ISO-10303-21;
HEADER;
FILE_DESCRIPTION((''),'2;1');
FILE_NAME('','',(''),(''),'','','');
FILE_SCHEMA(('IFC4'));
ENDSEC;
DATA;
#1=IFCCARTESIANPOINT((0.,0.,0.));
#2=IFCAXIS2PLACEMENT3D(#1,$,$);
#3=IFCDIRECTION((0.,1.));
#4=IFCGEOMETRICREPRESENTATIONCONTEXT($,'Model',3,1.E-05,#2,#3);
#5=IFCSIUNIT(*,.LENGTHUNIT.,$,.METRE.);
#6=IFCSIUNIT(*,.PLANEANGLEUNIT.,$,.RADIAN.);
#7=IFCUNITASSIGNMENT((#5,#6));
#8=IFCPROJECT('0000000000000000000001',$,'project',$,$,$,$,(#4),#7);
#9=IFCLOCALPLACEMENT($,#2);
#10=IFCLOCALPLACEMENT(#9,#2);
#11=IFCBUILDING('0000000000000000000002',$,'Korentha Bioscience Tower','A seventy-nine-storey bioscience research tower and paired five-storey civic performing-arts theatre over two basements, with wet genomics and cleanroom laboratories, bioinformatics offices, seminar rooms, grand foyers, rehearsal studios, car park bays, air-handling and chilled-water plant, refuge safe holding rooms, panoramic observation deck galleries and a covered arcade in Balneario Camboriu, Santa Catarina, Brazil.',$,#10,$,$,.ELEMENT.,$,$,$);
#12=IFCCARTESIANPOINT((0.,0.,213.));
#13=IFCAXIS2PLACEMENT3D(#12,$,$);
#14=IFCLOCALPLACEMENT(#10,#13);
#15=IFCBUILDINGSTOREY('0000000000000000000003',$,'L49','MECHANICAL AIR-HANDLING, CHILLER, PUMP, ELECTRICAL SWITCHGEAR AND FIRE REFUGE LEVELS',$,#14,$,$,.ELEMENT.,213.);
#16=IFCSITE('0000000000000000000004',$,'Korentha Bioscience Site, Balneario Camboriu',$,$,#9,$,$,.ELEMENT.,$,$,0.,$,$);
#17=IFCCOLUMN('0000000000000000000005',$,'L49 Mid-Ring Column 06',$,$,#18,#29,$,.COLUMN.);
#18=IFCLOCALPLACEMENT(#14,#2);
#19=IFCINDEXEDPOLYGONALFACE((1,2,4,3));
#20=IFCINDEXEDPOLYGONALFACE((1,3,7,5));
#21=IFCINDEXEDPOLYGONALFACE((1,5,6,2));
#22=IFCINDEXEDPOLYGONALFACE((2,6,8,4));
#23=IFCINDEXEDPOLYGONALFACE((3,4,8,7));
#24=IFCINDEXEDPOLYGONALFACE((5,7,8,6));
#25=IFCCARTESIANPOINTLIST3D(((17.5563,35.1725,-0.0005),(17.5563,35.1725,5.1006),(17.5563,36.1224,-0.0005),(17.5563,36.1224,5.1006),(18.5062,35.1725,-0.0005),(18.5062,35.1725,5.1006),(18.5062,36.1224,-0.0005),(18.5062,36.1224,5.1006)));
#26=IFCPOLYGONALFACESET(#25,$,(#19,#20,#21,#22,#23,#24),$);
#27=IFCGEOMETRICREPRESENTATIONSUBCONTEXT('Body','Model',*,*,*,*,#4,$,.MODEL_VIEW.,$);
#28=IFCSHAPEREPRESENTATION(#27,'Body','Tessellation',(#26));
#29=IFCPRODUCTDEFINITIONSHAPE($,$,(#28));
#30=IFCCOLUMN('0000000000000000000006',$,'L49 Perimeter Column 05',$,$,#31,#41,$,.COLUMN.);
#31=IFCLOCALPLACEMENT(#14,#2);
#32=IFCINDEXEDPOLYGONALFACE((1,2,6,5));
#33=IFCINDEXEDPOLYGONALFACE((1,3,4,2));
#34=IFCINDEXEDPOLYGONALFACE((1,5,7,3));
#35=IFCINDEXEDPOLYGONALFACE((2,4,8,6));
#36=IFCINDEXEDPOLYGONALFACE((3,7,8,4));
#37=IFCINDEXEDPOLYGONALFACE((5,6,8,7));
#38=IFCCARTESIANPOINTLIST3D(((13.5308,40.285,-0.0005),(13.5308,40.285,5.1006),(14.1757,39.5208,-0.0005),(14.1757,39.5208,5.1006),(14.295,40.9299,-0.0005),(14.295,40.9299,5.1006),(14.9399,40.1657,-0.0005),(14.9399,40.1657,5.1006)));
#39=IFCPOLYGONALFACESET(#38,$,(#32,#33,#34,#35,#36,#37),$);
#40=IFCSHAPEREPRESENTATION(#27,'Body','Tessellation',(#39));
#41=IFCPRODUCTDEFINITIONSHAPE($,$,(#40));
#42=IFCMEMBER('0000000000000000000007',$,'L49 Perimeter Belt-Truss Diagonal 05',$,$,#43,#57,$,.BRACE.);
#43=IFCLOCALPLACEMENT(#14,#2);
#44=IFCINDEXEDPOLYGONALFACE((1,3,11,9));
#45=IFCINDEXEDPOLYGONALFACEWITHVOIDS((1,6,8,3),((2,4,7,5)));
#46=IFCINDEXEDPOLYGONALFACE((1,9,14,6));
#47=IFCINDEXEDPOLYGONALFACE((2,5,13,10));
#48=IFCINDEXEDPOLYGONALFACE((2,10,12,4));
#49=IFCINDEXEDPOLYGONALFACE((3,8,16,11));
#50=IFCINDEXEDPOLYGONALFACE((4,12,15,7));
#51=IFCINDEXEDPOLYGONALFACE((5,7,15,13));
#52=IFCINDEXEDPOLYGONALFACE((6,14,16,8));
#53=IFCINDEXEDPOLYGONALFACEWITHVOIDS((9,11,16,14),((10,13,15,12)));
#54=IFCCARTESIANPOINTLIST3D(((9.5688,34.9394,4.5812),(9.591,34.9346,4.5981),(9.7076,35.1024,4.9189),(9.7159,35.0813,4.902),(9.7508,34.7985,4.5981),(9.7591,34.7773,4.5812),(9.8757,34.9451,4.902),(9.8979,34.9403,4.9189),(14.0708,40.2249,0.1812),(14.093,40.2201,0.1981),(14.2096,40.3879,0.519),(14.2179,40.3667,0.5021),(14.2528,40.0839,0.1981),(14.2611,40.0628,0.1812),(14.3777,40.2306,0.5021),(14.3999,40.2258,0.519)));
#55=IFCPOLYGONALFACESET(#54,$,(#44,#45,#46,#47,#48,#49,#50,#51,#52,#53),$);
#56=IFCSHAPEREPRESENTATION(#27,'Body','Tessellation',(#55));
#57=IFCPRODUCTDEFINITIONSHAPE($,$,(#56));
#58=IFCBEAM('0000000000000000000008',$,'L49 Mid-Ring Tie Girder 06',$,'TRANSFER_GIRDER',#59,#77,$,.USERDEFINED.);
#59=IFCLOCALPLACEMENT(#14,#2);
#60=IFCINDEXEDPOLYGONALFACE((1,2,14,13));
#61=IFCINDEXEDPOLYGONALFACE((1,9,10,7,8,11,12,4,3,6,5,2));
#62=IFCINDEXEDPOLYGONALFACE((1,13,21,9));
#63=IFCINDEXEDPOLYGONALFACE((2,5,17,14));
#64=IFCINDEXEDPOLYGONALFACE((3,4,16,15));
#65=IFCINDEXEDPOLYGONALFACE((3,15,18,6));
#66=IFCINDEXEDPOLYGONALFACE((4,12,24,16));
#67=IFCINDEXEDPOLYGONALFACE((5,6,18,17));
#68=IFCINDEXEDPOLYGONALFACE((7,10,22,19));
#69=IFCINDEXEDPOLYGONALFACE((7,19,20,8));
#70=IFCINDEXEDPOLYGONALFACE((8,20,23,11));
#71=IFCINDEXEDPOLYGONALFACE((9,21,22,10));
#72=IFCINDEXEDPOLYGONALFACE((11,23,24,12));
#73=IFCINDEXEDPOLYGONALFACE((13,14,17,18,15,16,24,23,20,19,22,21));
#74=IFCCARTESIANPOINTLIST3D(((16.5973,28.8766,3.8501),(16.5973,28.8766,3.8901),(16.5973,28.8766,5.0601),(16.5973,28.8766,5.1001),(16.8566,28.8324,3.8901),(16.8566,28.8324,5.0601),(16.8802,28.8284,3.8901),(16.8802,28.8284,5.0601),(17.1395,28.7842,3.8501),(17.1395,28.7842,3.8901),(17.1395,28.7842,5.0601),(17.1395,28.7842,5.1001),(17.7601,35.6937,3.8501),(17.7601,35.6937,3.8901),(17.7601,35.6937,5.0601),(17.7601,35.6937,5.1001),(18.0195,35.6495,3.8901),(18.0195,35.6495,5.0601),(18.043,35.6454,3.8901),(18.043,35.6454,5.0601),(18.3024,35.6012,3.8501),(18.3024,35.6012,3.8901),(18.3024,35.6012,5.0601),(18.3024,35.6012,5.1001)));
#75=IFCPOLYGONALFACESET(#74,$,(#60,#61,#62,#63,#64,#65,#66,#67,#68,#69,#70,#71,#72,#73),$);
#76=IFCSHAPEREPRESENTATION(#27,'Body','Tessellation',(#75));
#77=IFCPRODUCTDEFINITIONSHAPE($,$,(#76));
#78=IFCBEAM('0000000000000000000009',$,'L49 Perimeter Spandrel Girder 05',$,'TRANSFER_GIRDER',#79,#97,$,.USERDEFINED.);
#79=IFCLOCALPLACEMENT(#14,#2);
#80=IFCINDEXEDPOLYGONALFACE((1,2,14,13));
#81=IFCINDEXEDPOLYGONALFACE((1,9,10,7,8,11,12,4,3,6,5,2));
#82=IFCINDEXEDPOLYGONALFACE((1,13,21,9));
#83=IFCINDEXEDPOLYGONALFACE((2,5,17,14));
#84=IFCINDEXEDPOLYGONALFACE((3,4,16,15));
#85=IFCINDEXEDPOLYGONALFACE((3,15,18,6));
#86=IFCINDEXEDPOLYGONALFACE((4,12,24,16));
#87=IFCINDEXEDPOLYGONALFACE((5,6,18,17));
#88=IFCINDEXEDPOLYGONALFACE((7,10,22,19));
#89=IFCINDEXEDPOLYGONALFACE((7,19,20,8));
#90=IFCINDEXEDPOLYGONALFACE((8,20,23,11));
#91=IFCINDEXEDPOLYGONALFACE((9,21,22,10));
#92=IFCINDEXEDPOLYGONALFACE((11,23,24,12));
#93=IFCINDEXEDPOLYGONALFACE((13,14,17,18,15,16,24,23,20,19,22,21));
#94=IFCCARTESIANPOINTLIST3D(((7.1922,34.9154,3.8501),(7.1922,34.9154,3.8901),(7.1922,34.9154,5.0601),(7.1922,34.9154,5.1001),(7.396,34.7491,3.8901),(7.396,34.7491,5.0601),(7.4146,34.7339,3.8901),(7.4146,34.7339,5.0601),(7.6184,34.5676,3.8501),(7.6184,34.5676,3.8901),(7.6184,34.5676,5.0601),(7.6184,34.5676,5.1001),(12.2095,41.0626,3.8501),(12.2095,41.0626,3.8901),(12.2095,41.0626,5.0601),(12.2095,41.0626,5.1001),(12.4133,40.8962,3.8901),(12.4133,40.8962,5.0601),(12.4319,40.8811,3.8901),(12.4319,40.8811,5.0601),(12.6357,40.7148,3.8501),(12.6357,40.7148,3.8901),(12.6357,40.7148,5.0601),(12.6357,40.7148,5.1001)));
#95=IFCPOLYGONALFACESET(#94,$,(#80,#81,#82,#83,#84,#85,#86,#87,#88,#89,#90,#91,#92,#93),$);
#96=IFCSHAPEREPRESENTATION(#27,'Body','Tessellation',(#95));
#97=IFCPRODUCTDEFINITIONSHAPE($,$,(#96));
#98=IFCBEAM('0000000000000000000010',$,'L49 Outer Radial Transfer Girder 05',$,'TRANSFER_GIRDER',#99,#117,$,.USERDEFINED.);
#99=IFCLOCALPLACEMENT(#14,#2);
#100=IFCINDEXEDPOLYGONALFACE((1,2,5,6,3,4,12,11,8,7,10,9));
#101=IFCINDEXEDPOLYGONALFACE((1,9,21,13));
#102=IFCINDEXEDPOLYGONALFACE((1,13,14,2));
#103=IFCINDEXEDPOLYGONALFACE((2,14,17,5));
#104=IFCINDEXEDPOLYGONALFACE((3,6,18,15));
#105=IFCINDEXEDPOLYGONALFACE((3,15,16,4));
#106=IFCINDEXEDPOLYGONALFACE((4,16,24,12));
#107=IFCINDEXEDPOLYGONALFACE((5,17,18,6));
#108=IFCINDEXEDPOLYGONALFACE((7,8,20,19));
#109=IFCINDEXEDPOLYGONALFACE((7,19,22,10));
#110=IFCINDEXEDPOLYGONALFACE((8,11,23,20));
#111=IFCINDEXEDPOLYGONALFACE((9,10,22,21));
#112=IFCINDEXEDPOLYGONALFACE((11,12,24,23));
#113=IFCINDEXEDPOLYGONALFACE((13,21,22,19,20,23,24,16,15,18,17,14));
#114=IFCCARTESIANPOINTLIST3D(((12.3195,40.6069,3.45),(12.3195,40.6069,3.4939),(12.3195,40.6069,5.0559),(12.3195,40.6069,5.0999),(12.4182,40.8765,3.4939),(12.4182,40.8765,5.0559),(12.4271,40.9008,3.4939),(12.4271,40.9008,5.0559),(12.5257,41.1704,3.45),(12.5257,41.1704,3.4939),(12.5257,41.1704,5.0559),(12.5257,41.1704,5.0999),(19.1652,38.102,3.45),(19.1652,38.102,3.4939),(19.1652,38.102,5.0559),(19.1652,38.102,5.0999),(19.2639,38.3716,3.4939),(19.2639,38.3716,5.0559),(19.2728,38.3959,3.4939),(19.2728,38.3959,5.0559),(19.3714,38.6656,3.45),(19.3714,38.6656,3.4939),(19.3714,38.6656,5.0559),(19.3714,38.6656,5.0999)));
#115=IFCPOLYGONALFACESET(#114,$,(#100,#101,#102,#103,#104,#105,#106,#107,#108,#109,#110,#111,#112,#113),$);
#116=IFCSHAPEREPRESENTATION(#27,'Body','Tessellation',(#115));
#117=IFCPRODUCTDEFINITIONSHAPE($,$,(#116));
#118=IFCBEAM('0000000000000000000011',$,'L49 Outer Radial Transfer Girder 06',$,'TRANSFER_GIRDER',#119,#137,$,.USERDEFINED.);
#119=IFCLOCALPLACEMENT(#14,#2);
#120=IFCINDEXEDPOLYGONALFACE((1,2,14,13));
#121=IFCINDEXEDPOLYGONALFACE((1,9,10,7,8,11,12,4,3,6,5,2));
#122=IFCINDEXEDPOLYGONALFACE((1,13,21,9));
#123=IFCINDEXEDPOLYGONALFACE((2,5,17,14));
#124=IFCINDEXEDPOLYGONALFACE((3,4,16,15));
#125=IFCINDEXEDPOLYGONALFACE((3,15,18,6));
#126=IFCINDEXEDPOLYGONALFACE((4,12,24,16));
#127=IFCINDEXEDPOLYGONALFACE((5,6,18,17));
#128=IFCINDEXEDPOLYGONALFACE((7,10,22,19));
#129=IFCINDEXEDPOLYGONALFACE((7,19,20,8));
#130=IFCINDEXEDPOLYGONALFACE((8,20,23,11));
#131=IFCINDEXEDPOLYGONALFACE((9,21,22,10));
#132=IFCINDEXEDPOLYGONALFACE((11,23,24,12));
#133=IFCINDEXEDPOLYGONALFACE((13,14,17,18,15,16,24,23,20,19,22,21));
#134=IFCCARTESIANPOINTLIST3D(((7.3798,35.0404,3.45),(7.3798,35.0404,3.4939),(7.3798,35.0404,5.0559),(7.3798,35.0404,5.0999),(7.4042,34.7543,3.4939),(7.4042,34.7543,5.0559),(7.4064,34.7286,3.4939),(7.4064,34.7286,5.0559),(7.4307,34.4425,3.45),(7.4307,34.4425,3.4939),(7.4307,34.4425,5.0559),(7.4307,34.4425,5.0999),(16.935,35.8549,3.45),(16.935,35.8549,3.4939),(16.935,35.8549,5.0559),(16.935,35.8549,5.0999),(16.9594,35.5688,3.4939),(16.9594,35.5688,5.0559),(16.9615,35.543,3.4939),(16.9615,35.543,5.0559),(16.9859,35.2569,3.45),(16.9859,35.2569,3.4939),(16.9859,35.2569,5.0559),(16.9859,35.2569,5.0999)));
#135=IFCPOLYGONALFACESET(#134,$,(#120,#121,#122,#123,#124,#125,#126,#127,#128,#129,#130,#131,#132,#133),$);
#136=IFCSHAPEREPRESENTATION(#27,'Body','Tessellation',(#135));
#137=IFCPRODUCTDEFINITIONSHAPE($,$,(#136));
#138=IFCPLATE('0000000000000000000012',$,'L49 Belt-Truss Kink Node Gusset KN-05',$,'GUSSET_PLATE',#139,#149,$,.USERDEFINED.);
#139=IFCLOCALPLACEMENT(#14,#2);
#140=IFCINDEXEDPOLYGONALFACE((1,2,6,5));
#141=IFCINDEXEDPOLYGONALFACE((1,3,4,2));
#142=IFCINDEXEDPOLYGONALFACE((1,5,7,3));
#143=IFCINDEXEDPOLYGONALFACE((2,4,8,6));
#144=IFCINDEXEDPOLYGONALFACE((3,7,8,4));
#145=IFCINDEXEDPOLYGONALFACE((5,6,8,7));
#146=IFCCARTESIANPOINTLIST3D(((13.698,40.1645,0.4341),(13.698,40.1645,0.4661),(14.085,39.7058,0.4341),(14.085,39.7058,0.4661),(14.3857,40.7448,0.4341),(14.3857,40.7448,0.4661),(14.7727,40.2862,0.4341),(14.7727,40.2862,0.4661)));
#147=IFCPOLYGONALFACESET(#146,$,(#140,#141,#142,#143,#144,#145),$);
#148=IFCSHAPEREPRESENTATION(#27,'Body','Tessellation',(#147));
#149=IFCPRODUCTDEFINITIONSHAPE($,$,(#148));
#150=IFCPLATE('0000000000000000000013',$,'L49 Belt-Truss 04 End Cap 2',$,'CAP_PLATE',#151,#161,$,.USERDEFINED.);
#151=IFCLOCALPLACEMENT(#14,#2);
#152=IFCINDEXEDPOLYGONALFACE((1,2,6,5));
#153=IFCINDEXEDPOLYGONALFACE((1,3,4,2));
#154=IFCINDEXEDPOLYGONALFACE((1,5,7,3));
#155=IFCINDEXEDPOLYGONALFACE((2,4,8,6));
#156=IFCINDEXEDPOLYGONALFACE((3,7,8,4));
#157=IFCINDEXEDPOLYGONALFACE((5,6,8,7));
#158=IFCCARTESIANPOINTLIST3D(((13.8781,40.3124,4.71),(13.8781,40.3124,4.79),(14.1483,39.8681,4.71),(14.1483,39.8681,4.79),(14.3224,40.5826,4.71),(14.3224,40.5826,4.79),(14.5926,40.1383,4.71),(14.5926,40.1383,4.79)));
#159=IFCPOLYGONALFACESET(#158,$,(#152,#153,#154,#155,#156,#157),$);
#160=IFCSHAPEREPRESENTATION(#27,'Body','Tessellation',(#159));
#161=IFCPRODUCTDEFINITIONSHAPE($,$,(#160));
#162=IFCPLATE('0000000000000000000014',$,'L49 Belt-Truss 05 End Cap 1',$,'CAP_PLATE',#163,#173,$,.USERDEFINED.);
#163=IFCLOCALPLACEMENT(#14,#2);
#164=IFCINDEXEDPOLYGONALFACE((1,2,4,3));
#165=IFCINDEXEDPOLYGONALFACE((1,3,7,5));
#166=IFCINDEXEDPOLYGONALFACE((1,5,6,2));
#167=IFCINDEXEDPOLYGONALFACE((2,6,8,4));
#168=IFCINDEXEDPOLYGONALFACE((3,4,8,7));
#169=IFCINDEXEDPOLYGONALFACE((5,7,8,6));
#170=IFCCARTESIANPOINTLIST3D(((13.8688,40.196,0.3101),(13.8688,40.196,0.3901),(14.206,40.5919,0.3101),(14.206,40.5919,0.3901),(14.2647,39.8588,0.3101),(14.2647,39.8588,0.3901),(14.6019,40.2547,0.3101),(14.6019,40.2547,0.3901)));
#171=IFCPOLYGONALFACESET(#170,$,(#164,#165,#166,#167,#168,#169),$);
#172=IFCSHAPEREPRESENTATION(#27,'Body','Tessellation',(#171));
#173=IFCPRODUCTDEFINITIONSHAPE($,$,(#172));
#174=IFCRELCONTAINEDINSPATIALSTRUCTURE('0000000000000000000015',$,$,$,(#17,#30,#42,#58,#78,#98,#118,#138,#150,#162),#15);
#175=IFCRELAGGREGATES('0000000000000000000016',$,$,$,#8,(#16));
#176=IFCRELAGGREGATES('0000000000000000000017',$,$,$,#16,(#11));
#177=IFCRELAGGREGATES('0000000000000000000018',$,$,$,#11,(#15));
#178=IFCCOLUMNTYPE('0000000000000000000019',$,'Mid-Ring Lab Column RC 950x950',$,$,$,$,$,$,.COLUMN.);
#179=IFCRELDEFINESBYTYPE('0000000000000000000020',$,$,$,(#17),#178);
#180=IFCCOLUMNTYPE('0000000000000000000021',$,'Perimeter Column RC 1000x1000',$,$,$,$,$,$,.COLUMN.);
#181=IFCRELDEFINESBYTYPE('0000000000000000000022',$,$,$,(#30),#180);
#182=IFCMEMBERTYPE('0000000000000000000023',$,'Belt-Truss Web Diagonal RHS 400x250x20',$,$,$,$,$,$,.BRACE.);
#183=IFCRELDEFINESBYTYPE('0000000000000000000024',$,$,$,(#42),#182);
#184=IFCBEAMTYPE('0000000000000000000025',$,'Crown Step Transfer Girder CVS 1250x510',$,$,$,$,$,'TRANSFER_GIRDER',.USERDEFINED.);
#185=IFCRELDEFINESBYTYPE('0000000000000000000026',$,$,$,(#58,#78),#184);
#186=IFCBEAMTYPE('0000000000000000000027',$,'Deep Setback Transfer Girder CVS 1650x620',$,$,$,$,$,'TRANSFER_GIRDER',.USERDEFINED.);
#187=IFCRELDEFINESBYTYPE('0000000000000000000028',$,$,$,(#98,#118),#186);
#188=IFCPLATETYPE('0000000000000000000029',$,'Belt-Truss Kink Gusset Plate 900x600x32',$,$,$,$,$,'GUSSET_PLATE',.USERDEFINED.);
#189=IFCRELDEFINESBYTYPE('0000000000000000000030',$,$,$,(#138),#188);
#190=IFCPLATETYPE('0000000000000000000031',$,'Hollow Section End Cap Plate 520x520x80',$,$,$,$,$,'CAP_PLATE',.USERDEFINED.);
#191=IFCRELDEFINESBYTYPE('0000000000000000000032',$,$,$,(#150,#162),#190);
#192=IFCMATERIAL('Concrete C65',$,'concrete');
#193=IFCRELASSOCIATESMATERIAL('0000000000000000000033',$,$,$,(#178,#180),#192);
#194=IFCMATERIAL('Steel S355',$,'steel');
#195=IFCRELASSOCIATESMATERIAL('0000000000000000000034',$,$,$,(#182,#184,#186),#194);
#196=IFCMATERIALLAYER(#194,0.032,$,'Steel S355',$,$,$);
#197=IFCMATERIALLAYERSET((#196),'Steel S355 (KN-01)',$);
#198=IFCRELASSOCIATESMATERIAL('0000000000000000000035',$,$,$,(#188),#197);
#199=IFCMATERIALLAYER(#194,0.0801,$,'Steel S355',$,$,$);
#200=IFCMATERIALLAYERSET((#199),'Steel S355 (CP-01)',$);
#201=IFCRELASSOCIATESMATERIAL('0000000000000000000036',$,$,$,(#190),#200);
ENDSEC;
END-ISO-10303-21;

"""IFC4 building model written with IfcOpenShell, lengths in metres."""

from ifc_helpers import new_model, si_unit, direction, frame, origin, origin_2d, place, context, subcontext, project, spatial, rectangle, hollow_rectangle, i_section, extrude, material, layer, layer_set, material_profile, profile_set, type_object, element, save


model = new_model("IFC4")

# Units and contexts
model_context = context("Model", 3, precision=1e-05, world=origin(), true_north=direction((0.0, 1.0)))
body_context = subcontext(model_context, "Body", "Model", "MODEL_VIEW")
ifc_project = project(units=[si_unit("LENGTHUNIT", "METRE"), si_unit("PLANEANGLEUNIT", "RADIAN")], contexts=[model_context])

# Site, building, storey
site_placement = place(None, origin())
site = spatial("IfcSite", under=ifc_project, at=site_placement, Name="Korentha Bioscience Site, Balneario Camboriu", CompositionType="ELEMENT", RefElevation=0.0)
building_placement = place(site_placement, origin())
building = spatial("IfcBuilding", under=site, at=building_placement, Name="Korentha Bioscience Tower", Description="A seventy-nine-storey bioscience research tower and paired five-storey civic performing-arts theatre over two basements, with wet genomics and cleanroom laboratories, bioinformatics offices, seminar rooms, grand foyers, rehearsal studios, car park bays, air-handling and chilled-water plant, refuge safe holding rooms, panoramic observation deck galleries and a covered arcade in Balneario Camboriu, Santa Catarina, Brazil.", CompositionType="ELEMENT")
storey_placement = place(building_placement, frame((0.0, 0.0, 213.0)))
storey = spatial("IfcBuildingStorey", under=building, at=storey_placement, Name="L49", Description="MECHANICAL AIR-HANDLING, CHILLER, PUMP, ELECTRICAL SWITCHGEAR AND FIRE REFUGE LEVELS", CompositionType="ELEMENT", Elevation=213.0)

# Columns
ifc_material_1 = material(Name="Concrete C65", Category="concrete")
ifc_material_profile_1 = material_profile(ifc_material_1, rectangle(XDim=0.95, YDim=0.95, at=origin_2d()), Name="Concrete C65")
ifc_profile_set_1 = profile_set([ifc_material_profile_1], Name="Concrete C65 (COL-MR09)")
column_type_1 = type_object("IfcColumnType", Name="Mid-Ring Lab Column RC 950x950", PredefinedType="COLUMN", material=ifc_profile_set_1)
column_1_placement = place(storey_placement, frame((18.0312, 35.6475, -0.0005), z_axis=(0.0, 0.0, 1.0), x_axis=(1.0, 0.0, 0.0)))
element("IfcColumn", 1, at=column_1_placement, inside=storey, type_object=column_type_1, Name="L49 Mid-Ring Column 06", PredefinedType="COLUMN", context=body_context, shape_type="SweptSolid", body=[
    extrude(rectangle(XDim=0.95, YDim=0.95, at=origin_2d()), origin(), (0.0, 0.0, 1.0), 5.1011),
])
ifc_material_profile_2 = material_profile(ifc_material_1, rectangle(XDim=1.0, YDim=1.0, at=origin_2d()), Name="Concrete C65")
ifc_profile_set_2 = profile_set([ifc_material_profile_2], Name="Concrete C65 (COL-P10)")
column_type_2 = type_object("IfcColumnType", Name="Perimeter Column RC 1000x1000", PredefinedType="COLUMN", material=ifc_profile_set_2)
column_2_placement = place(storey_placement, frame((14.2354, 40.2253, -0.0005), z_axis=(0.0, 0.0, 1.0), x_axis=(0.764246, 0.644924, 0.0)))
element("IfcColumn", 2, at=column_2_placement, inside=storey, type_object=column_type_2, Name="L49 Perimeter Column 05", PredefinedType="COLUMN", context=body_context, shape_type="SweptSolid", body=[
    extrude(rectangle(XDim=1.0, YDim=1.0, at=origin_2d()), origin(), (0.0, 0.0, 1.0), 5.1011),
])

# Member
ifc_material_2 = material(Name="Steel S355", Category="steel")
ifc_material_profile_3 = material_profile(ifc_material_2, hollow_rectangle(XDim=0.25, YDim=0.3999, WallThickness=0.02, at=origin_2d()), Name="Steel S355")
ifc_profile_set_3 = profile_set([ifc_material_profile_3], Name="Steel S355 (BT-D400)")
member_type = type_object("IfcMemberType", Name="Belt-Truss Web Diagonal RHS 400x250x20", PredefinedType="BRACE", material=ifc_profile_set_3)
member_placement = place(storey_placement, frame((14.2354, 40.2253, 0.3501), z_axis=(-0.547708, -0.643022, 0.535293), x_axis=(0.761273, -0.648431, 0.0)))
element("IfcMember", 3, at=member_placement, inside=storey, type_object=member_type, Name="L49 Perimeter Belt-Truss Diagonal 05", PredefinedType="BRACE", context=body_context, shape_type="SweptSolid", body=[
    extrude(hollow_rectangle(XDim=0.25, YDim=0.3999, WallThickness=0.02, at=origin_2d()), origin(), (0.0, 0.0, 1.0), 8.2197),
])

# Beams
ifc_material_profile_4 = material_profile(ifc_material_2, i_section(OverallWidth=0.55, OverallDepth=1.25, WebThickness=0.0239, FlangeThickness=0.04, at=origin_2d()), Name="Steel S355")
ifc_profile_set_4 = profile_set([ifc_material_profile_4], Name="Steel S355 (TG-03)")
beam_type_1 = type_object("IfcBeamType", Name="Crown Step Transfer Girder CVS 1250x510", ElementType="TRANSFER_GIRDER", PredefinedType="USERDEFINED", material=ifc_profile_set_4)
beam_1_placement = place(storey_placement, frame((18.0312, 35.6475, 4.4751), z_axis=(-0.168148, -0.985762, 0.0), x_axis=(0.985762, -0.168148, 0.0)))
element("IfcBeam", 4, at=beam_1_placement, inside=storey, type_object=beam_type_1, Name="L49 Mid-Ring Tie Girder 06", ObjectType="TRANSFER_GIRDER", PredefinedType="USERDEFINED", context=body_context, shape_type="SweptSolid", body=[
    extrude(i_section(OverallWidth=0.55, OverallDepth=1.25, WebThickness=0.0239, FlangeThickness=0.04, at=origin_2d()), origin(), (0.0, 0.0, 1.0), 6.9155),
])
beam_2_placement = place(storey_placement, frame((12.4226, 40.8887, 4.4751), z_axis=(-0.632316, -0.774711, 0.0), x_axis=(0.774711, -0.632316, 0.0)))
element("IfcBeam", 5, at=beam_2_placement, inside=storey, type_object=beam_type_1, Name="L49 Perimeter Spandrel Girder 05", ObjectType="TRANSFER_GIRDER", PredefinedType="USERDEFINED", context=body_context, shape_type="SweptSolid", body=[
    extrude(i_section(OverallWidth=0.55, OverallDepth=1.25, WebThickness=0.0239, FlangeThickness=0.04, at=origin_2d()), origin(), (0.0, 0.0, 1.0), 7.9348),
])
ifc_material_profile_5 = material_profile(ifc_material_2, i_section(OverallWidth=0.6001, OverallDepth=1.6499, WebThickness=0.0259, FlangeThickness=0.0439, at=origin_2d()), Name="Steel S355")
ifc_profile_set_5 = profile_set([ifc_material_profile_5], Name="Steel S355 (TG-04)")
beam_type_2 = type_object("IfcBeamType", Name="Deep Setback Transfer Girder CVS 1650x620", ElementType="TRANSFER_GIRDER", PredefinedType="USERDEFINED", material=ifc_profile_set_5)
beam_3_placement = place(storey_placement, frame((19.2683, 38.3838, 4.2749), z_axis=(-0.939107, 0.343625, 0.0), x_axis=(-0.343625, -0.939107, 0.0)))
element("IfcBeam", 6, at=beam_3_placement, inside=storey, type_object=beam_type_2, Name="L49 Outer Radial Transfer Girder 05", ObjectType="TRANSFER_GIRDER", PredefinedType="USERDEFINED", context=body_context, shape_type="SweptSolid", body=[
    extrude(i_section(OverallWidth=0.6001, OverallDepth=1.6499, WebThickness=0.0259, FlangeThickness=0.0439, at=origin_2d()), origin(), (0.0, 0.0, 1.0), 7.2896),
])
beam_4_placement = place(storey_placement, frame((16.9604, 35.5559, 4.2749), z_axis=(-0.996387, -0.084929, 0.0), x_axis=(0.084929, -0.996387, 0.0)))
element("IfcBeam", 7, at=beam_4_placement, inside=storey, type_object=beam_type_2, Name="L49 Outer Radial Transfer Girder 06", ObjectType="TRANSFER_GIRDER", PredefinedType="USERDEFINED", context=body_context, shape_type="SweptSolid", body=[
    extrude(i_section(OverallWidth=0.6001, OverallDepth=1.6499, WebThickness=0.0259, FlangeThickness=0.0439, at=origin_2d()), origin(), (0.0, 0.0, 1.0), 9.5898),
])

# Plates
ifc_layer_1 = layer(ifc_material_2, 0.032, Name="Steel S355")
ifc_layer_set_1 = layer_set([ifc_layer_1], Name="Steel S355 (KN-01)")
plate_type_1 = type_object("IfcPlateType", Name="Belt-Truss Kink Gusset Plate 900x600x32", ElementType="GUSSET_PLATE", PredefinedType="USERDEFINED", material=ifc_layer_set_1)
plate_placement = place(storey_placement, frame((14.2354, 40.2253, 0.4341), z_axis=(0.0, 0.0, 1.0), x_axis=(0.764246, 0.644924, 0.0)))
element("IfcPlate", 8, at=plate_placement, inside=storey, type_object=plate_type_1, Name="L49 Belt-Truss Kink Node Gusset KN-05", ObjectType="GUSSET_PLATE", PredefinedType="USERDEFINED", context=body_context, shape_type="SweptSolid", body=[
    extrude(rectangle(XDim=0.8999, YDim=0.6001, at=origin_2d()), origin(), (0.0, 0.0, 1.0), 0.032),
])
ifc_layer_2 = layer(ifc_material_2, 0.0801, Name="Steel S355")
ifc_layer_set_2 = layer_set([ifc_layer_2], Name="Steel S355 (CP-01)")
plate_type_2 = type_object("IfcPlateType", Name="Hollow Section End Cap Plate 520x520x80", ElementType="CAP_PLATE", PredefinedType="USERDEFINED", material=ifc_layer_set_2)
for number, where, z_axis, x_axis, name in (
    (9, (14.2354, 40.2253, 4.71), (0.0, 0.0, 1.0), (0.854368, 0.519668, 0.0), "L49 Belt-Truss 04 End Cap 2"),
    (10, (14.2354, 40.2253, 0.3101), (0.0, 0.0, 1.0), (0.648386, 0.761312, 0.0), "L49 Belt-Truss 05 End Cap 1"),
):
    element("IfcPlate", number, at=place(storey_placement, frame(where, z_axis=z_axis, x_axis=x_axis)), inside=storey, type_object=plate_type_2, Name=name, ObjectType="CAP_PLATE", PredefinedType="USERDEFINED", context=body_context, shape_type="SweptSolid", body=[
        extrude(rectangle(XDim=0.52, YDim=0.52, at=origin_2d()), origin(), (0.0, 0.0, 1.0), 0.0801),
    ])

save(model, "model.ifc")
